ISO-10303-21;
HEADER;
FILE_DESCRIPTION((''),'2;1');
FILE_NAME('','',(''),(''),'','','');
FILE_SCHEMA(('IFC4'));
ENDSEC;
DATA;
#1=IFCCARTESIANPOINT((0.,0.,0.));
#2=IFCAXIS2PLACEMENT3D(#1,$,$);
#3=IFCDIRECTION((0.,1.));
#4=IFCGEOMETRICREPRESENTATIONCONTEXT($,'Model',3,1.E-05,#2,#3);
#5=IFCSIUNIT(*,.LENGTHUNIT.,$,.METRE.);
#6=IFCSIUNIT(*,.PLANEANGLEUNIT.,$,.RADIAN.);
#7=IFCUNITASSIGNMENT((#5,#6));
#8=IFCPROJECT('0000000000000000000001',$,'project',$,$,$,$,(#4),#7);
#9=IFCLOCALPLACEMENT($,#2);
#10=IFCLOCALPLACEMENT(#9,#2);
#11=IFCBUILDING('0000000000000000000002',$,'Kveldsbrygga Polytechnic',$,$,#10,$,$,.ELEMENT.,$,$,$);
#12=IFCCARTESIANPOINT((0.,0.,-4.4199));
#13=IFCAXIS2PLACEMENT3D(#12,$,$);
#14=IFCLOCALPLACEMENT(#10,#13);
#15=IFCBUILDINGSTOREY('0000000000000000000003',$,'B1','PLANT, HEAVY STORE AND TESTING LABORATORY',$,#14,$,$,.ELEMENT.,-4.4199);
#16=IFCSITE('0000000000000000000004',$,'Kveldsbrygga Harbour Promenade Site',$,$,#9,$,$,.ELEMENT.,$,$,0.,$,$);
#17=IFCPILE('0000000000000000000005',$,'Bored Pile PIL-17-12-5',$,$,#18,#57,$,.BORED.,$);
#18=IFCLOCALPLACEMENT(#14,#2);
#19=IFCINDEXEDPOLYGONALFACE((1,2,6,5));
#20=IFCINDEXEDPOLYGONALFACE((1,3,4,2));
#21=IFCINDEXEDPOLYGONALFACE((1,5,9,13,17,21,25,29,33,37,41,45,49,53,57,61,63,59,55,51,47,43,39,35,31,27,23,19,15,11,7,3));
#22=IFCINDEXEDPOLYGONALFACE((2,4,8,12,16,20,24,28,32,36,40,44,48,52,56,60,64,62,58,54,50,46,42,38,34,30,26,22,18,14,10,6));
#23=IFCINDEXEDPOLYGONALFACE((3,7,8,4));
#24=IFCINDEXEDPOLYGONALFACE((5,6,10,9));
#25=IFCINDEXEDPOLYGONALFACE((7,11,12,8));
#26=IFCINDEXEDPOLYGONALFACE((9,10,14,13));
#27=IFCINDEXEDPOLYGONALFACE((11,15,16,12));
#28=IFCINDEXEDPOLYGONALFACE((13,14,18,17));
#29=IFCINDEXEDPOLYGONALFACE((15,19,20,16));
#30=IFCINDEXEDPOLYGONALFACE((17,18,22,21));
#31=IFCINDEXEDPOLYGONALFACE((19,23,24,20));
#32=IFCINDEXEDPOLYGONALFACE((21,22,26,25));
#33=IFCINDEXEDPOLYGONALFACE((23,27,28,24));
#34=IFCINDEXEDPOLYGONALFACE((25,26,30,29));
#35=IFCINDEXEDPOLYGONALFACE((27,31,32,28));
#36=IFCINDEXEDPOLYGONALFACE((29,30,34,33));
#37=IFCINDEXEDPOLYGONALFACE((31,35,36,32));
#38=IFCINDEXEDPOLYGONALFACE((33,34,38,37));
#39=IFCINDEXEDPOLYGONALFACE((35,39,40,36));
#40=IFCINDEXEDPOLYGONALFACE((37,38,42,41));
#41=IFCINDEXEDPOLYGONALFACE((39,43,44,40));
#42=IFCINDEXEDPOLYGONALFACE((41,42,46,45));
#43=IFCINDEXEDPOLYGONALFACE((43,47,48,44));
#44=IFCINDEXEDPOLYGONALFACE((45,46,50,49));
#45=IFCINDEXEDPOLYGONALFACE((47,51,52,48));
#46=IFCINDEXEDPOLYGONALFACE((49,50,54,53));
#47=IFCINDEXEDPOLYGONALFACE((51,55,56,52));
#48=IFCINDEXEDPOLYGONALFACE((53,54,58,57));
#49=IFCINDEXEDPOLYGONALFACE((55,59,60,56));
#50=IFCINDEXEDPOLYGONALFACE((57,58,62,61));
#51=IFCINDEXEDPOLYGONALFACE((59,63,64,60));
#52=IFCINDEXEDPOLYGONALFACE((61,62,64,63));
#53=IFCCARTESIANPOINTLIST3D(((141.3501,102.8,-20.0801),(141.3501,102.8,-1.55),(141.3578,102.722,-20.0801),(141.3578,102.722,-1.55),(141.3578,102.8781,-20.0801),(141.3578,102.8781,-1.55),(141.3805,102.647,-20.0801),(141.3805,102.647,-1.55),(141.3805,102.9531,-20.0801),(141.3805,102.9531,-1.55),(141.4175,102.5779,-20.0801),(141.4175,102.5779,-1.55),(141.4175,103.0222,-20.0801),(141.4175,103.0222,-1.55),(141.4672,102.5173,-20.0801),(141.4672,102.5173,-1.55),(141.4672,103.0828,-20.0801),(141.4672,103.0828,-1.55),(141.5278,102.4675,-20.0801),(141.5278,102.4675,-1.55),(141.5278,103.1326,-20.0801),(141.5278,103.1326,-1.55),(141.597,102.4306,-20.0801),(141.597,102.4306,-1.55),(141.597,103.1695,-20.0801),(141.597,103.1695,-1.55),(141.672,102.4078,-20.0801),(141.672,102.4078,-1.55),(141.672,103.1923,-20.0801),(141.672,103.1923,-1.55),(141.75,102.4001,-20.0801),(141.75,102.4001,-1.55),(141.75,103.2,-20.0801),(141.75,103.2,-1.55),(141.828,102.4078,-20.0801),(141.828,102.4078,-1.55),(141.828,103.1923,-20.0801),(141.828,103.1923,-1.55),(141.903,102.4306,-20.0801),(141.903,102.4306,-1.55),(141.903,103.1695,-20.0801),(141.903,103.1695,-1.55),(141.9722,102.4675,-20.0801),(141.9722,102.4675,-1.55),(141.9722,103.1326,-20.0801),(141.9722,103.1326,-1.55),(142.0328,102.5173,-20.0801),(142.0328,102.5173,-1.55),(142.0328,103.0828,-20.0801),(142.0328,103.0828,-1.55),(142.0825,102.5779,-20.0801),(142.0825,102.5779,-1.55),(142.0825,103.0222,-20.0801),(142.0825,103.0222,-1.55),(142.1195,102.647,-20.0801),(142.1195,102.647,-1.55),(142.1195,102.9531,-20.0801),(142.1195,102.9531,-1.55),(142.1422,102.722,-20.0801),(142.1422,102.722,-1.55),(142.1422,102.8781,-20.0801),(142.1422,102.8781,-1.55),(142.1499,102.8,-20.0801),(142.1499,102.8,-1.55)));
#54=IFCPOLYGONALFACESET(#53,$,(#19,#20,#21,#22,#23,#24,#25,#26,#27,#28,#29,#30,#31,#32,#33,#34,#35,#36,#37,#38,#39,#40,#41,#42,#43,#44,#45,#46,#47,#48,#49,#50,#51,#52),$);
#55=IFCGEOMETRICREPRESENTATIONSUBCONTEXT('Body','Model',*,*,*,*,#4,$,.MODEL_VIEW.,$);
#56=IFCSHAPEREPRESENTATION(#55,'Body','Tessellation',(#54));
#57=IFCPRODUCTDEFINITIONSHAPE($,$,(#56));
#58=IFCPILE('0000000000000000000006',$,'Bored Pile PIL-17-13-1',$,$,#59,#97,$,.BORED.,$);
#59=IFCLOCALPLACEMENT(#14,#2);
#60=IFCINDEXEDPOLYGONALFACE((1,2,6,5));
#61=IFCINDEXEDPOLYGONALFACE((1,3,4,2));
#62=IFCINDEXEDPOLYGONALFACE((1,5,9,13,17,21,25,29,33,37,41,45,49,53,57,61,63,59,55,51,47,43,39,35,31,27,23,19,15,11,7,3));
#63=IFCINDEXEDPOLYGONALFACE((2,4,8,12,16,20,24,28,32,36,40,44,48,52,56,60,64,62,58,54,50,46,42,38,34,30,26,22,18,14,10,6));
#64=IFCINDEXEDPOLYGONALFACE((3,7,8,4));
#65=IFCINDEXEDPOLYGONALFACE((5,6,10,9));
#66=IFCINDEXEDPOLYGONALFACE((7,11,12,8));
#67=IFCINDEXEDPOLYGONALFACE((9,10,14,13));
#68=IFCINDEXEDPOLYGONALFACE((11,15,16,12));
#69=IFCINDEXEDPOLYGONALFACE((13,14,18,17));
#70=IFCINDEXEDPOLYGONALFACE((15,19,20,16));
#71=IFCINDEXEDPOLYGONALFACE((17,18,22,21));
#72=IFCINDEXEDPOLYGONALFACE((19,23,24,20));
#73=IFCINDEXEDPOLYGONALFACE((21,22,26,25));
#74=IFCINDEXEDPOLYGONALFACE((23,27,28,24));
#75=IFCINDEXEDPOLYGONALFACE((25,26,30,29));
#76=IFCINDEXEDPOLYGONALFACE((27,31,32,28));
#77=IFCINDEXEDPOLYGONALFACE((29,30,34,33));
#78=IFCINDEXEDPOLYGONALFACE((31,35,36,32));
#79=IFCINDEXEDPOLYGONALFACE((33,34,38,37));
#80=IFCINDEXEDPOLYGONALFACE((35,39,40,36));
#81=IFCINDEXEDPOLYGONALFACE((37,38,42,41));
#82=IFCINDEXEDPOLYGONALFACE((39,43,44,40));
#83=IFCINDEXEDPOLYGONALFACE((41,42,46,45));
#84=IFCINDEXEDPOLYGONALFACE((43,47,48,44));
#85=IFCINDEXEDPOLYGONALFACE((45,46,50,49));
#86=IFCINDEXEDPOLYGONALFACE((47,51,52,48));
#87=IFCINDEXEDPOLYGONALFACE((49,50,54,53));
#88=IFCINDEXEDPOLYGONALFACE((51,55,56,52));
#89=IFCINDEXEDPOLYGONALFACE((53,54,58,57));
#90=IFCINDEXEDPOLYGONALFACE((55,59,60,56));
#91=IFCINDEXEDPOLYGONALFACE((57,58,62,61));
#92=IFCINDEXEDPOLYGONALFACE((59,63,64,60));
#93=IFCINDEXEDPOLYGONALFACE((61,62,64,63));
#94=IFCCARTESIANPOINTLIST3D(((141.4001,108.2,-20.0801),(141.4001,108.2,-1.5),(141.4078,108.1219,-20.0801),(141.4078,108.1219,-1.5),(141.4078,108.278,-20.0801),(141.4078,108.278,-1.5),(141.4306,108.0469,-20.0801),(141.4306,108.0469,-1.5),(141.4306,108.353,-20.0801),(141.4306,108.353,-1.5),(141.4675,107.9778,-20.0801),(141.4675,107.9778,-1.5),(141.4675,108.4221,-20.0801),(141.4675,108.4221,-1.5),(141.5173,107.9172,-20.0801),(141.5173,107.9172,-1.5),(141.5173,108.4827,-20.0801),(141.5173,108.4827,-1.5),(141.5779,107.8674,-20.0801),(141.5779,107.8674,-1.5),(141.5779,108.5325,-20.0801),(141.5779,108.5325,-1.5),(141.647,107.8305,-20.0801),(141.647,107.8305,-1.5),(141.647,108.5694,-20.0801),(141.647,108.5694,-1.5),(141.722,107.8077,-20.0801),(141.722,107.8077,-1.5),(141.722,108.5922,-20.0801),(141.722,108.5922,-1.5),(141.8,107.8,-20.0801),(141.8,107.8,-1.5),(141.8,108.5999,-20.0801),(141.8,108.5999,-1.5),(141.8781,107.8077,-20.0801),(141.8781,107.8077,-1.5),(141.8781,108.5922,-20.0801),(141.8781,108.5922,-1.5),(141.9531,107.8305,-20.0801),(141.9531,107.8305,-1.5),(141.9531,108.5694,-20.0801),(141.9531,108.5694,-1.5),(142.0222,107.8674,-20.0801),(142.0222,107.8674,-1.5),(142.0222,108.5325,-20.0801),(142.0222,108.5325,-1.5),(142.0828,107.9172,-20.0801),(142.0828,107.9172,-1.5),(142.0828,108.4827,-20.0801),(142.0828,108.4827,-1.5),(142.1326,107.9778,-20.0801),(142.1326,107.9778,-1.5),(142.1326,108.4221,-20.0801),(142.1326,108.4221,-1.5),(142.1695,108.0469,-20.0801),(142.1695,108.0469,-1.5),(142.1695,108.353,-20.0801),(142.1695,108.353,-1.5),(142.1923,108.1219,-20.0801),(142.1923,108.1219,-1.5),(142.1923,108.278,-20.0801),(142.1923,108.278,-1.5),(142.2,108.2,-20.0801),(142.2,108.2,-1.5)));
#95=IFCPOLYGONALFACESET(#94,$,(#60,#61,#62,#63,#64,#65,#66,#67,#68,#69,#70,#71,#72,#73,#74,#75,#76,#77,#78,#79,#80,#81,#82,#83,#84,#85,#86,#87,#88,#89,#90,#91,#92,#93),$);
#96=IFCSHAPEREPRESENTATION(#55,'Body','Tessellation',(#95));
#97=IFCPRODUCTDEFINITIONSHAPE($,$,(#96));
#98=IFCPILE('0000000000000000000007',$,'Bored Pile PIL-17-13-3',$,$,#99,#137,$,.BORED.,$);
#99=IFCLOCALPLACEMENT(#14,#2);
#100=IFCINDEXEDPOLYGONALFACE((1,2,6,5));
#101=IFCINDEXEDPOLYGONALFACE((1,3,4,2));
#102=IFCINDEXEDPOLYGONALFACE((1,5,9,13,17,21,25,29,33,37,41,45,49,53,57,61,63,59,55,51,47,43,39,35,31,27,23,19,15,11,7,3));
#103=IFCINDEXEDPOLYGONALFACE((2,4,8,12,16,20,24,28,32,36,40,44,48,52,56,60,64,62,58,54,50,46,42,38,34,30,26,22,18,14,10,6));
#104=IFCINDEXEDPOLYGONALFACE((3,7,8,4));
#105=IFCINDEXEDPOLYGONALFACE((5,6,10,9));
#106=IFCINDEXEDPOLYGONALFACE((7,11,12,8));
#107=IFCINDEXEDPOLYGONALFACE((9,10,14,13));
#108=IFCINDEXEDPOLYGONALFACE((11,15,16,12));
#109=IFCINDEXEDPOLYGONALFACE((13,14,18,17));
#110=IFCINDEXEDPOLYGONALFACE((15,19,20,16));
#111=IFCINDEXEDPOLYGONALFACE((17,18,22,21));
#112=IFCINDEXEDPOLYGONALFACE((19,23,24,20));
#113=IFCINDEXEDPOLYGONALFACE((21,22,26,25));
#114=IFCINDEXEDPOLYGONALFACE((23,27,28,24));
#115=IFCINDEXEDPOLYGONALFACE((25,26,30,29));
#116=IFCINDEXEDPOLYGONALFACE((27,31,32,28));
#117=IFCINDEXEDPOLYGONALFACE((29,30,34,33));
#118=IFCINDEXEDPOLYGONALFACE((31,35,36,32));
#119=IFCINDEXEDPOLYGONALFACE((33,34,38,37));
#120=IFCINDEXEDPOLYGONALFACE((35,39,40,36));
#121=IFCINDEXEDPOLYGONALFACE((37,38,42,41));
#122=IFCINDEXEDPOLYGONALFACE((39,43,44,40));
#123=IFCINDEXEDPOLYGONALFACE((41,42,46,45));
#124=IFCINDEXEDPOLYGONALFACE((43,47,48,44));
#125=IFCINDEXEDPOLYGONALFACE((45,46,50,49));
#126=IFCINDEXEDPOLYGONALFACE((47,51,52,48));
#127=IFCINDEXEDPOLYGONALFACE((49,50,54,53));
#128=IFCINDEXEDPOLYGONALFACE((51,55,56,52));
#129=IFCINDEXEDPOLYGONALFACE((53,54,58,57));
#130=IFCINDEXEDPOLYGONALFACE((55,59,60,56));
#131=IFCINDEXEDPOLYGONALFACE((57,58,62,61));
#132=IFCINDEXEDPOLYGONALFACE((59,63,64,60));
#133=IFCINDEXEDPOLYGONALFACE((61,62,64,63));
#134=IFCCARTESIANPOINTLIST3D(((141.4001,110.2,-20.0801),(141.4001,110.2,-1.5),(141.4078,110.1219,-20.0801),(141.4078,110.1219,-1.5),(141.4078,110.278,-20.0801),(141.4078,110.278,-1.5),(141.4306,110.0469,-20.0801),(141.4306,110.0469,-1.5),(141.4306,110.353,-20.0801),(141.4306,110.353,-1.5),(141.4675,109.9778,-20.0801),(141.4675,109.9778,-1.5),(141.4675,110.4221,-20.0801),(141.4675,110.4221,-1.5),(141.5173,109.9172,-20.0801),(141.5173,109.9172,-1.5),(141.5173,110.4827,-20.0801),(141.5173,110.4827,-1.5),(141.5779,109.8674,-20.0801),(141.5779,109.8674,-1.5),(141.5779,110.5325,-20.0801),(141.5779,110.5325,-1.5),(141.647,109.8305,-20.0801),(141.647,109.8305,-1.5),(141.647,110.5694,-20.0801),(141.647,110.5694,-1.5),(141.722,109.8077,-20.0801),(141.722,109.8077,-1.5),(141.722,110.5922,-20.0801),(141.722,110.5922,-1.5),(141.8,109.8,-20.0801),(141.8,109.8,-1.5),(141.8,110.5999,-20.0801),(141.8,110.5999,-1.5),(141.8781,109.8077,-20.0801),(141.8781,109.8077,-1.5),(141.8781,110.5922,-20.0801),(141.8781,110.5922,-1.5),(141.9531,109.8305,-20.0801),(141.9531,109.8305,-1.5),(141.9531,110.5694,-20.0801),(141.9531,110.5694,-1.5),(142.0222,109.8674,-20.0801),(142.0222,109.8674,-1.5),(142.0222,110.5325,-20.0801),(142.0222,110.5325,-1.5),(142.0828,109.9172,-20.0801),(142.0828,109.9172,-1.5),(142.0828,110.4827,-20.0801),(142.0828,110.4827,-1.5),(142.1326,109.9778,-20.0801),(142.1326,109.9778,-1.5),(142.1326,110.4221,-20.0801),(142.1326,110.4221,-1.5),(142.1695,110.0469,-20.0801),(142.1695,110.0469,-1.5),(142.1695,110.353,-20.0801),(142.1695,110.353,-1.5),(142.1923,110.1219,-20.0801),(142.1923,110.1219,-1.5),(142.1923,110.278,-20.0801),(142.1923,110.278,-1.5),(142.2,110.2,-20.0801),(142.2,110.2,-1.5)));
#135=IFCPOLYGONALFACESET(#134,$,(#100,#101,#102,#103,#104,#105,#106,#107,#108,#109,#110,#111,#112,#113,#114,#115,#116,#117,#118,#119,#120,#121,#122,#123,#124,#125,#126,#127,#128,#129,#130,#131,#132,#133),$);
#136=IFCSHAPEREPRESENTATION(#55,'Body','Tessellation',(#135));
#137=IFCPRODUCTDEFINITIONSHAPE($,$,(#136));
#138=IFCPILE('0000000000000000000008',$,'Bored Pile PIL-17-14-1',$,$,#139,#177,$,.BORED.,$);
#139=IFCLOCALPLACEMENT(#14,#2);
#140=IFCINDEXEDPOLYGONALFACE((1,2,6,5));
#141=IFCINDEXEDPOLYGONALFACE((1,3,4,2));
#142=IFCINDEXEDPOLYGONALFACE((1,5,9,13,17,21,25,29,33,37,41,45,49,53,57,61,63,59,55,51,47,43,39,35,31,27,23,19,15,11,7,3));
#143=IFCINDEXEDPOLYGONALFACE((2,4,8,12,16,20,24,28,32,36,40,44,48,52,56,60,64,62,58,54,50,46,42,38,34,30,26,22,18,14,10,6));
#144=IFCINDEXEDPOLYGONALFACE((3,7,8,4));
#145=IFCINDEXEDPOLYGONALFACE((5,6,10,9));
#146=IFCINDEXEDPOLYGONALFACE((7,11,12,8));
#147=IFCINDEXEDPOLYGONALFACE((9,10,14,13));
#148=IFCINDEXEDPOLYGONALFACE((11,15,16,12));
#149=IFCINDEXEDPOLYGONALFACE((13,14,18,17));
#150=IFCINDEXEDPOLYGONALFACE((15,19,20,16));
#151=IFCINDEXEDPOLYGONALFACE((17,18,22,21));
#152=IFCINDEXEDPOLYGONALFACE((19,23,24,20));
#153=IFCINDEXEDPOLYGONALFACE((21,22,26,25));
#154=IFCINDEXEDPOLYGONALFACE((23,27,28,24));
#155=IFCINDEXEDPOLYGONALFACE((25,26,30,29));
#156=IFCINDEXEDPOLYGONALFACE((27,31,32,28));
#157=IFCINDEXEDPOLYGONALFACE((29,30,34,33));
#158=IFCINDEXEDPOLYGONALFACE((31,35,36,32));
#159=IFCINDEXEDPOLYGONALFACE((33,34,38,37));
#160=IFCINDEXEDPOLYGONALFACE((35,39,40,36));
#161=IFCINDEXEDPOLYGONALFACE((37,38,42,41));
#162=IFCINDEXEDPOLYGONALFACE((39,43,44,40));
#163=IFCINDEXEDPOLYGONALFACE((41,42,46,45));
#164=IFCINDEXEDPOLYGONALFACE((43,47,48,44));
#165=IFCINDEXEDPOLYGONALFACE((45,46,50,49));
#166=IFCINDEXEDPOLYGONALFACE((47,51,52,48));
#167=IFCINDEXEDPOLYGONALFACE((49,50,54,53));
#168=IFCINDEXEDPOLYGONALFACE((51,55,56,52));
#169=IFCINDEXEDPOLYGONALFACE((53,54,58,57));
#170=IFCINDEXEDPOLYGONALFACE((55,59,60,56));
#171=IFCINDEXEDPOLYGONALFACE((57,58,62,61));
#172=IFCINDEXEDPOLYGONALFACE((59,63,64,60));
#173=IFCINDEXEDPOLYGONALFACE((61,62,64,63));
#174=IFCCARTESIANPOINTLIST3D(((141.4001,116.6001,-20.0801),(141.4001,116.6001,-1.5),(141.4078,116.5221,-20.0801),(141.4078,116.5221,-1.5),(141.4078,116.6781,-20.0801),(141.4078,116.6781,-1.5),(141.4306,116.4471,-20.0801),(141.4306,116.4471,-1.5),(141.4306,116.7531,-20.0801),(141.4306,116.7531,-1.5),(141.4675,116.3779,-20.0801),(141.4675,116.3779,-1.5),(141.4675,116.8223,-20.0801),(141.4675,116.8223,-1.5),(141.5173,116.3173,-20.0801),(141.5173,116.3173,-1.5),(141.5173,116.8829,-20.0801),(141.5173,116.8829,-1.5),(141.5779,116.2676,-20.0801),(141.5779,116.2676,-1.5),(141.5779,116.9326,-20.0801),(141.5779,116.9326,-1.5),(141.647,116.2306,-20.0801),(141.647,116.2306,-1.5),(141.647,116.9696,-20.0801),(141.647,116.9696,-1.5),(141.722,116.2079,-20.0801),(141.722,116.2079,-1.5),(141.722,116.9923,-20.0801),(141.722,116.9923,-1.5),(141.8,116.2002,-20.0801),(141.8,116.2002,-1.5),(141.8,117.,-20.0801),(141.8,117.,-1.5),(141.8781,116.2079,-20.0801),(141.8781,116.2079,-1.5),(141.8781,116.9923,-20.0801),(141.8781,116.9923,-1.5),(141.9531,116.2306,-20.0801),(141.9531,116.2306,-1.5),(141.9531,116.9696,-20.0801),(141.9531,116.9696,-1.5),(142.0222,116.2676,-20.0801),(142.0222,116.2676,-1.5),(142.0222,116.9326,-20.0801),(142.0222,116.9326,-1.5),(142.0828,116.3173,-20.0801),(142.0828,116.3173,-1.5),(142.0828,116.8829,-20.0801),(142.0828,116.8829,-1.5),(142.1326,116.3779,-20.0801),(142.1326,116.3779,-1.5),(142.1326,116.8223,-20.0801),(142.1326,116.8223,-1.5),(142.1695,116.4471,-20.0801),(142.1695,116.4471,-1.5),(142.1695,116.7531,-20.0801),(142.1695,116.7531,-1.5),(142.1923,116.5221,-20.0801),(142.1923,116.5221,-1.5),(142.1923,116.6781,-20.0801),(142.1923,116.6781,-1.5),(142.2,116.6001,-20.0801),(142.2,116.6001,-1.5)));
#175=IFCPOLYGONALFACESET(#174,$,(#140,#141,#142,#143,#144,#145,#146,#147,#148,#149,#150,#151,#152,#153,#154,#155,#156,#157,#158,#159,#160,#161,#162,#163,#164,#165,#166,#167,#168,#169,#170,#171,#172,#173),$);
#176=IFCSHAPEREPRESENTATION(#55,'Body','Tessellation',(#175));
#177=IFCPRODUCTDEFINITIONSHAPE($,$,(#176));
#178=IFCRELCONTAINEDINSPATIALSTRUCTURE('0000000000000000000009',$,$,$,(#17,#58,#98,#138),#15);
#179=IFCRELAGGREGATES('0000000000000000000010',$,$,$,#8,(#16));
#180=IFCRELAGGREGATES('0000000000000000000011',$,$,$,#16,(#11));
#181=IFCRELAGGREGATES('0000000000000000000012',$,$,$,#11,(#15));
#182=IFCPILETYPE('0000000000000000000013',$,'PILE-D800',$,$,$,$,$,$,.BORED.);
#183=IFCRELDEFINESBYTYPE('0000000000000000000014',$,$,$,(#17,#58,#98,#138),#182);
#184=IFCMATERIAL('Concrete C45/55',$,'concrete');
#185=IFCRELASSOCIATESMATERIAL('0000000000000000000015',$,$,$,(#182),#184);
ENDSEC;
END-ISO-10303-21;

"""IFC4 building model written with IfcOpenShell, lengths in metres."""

from ifc_helpers import new_model, si_unit, direction, frame, origin, origin_2d, place, context, subcontext, project, spatial, circle, extrude, material, material_profile, profile_set, type_object, element, save


model = new_model("IFC4")

# Units and contexts
model_context = context("Model", 3, precision=1e-05, world=origin(), true_north=direction((0.0, 1.0)))
body_context = subcontext(model_context, "Body", "Model", "MODEL_VIEW")
ifc_project = project(units=[si_unit("LENGTHUNIT", "METRE"), si_unit("PLANEANGLEUNIT", "RADIAN")], contexts=[model_context])

# Site, building, storey
site_placement = place(None, origin())
site = spatial("IfcSite", under=ifc_project, at=site_placement, Name="Kveldsbrygga Harbour Promenade Site", CompositionType="ELEMENT", RefElevation=0.0)
building_placement = place(site_placement, origin())
building = spatial("IfcBuilding", under=site, at=building_placement, Name="Kveldsbrygga Polytechnic", CompositionType="ELEMENT")
storey_placement = place(building_placement, frame((0.0, 0.0, -4.4199)))
storey = spatial("IfcBuildingStorey", under=building, at=storey_placement, Name="B1", Description="PLANT, HEAVY STORE AND TESTING LABORATORY", CompositionType="ELEMENT", Elevation=-4.4199)

# Shared definitions
ifc_material_1 = material(Name="Concrete C45/55", Category="concrete")

# Piles
ifc_material_profile_1 = material_profile(ifc_material_1, circle(Radius=0.3999, at=origin_2d()), Name="PILE D800")
ifc_profile_set_1 = profile_set([ifc_material_profile_1], Name="Concrete C45/55")
pile_type = type_object("IfcPileType", Name="PILE-D800", PredefinedType="BORED", material=ifc_profile_set_1)
for number, where, z_axis, x_axis, name in (
    (1, (141.75, 102.8, -1.55), (0.0, 0.0, -1.0), (1.0, 0.0, 0.0), "Bored Pile PIL-17-12-5"),
):
    element("IfcPile", number, at=place(storey_placement, frame(where, z_axis=z_axis, x_axis=x_axis)), inside=storey, type_object=pile_type, Name=name, PredefinedType="BORED", context=body_context, shape_type="SweptSolid", body=[
        extrude(circle(Radius=0.3999, at=origin_2d()), origin(), (0.0, 0.0, 1.0), 18.53),
    ])
for number, where, z_axis, x_axis, name in (
    (2, (141.8, 108.2, -1.5), (0.0, 0.0, -1.0), (1.0, 0.0, 0.0), "Bored Pile PIL-17-13-1"),
    (3, (141.8, 110.2, -1.5), (0.0, 0.0, -1.0), (1.0, 0.0, 0.0), "Bored Pile PIL-17-13-3"),
    (4, (141.8, 116.6001, -1.5), (0.0, 0.0, -1.0), (1.0, 0.0, 0.0), "Bored Pile PIL-17-14-1"),
):
    element("IfcPile", number, at=place(storey_placement, frame(where, z_axis=z_axis, x_axis=x_axis)), inside=storey, type_object=pile_type, Name=name, PredefinedType="BORED", context=body_context, shape_type="SweptSolid", body=[
        extrude(circle(Radius=0.3999, at=origin_2d()), origin(), (0.0, 0.0, 1.0), 18.5801),
    ])

save(model, "model.ifc")
